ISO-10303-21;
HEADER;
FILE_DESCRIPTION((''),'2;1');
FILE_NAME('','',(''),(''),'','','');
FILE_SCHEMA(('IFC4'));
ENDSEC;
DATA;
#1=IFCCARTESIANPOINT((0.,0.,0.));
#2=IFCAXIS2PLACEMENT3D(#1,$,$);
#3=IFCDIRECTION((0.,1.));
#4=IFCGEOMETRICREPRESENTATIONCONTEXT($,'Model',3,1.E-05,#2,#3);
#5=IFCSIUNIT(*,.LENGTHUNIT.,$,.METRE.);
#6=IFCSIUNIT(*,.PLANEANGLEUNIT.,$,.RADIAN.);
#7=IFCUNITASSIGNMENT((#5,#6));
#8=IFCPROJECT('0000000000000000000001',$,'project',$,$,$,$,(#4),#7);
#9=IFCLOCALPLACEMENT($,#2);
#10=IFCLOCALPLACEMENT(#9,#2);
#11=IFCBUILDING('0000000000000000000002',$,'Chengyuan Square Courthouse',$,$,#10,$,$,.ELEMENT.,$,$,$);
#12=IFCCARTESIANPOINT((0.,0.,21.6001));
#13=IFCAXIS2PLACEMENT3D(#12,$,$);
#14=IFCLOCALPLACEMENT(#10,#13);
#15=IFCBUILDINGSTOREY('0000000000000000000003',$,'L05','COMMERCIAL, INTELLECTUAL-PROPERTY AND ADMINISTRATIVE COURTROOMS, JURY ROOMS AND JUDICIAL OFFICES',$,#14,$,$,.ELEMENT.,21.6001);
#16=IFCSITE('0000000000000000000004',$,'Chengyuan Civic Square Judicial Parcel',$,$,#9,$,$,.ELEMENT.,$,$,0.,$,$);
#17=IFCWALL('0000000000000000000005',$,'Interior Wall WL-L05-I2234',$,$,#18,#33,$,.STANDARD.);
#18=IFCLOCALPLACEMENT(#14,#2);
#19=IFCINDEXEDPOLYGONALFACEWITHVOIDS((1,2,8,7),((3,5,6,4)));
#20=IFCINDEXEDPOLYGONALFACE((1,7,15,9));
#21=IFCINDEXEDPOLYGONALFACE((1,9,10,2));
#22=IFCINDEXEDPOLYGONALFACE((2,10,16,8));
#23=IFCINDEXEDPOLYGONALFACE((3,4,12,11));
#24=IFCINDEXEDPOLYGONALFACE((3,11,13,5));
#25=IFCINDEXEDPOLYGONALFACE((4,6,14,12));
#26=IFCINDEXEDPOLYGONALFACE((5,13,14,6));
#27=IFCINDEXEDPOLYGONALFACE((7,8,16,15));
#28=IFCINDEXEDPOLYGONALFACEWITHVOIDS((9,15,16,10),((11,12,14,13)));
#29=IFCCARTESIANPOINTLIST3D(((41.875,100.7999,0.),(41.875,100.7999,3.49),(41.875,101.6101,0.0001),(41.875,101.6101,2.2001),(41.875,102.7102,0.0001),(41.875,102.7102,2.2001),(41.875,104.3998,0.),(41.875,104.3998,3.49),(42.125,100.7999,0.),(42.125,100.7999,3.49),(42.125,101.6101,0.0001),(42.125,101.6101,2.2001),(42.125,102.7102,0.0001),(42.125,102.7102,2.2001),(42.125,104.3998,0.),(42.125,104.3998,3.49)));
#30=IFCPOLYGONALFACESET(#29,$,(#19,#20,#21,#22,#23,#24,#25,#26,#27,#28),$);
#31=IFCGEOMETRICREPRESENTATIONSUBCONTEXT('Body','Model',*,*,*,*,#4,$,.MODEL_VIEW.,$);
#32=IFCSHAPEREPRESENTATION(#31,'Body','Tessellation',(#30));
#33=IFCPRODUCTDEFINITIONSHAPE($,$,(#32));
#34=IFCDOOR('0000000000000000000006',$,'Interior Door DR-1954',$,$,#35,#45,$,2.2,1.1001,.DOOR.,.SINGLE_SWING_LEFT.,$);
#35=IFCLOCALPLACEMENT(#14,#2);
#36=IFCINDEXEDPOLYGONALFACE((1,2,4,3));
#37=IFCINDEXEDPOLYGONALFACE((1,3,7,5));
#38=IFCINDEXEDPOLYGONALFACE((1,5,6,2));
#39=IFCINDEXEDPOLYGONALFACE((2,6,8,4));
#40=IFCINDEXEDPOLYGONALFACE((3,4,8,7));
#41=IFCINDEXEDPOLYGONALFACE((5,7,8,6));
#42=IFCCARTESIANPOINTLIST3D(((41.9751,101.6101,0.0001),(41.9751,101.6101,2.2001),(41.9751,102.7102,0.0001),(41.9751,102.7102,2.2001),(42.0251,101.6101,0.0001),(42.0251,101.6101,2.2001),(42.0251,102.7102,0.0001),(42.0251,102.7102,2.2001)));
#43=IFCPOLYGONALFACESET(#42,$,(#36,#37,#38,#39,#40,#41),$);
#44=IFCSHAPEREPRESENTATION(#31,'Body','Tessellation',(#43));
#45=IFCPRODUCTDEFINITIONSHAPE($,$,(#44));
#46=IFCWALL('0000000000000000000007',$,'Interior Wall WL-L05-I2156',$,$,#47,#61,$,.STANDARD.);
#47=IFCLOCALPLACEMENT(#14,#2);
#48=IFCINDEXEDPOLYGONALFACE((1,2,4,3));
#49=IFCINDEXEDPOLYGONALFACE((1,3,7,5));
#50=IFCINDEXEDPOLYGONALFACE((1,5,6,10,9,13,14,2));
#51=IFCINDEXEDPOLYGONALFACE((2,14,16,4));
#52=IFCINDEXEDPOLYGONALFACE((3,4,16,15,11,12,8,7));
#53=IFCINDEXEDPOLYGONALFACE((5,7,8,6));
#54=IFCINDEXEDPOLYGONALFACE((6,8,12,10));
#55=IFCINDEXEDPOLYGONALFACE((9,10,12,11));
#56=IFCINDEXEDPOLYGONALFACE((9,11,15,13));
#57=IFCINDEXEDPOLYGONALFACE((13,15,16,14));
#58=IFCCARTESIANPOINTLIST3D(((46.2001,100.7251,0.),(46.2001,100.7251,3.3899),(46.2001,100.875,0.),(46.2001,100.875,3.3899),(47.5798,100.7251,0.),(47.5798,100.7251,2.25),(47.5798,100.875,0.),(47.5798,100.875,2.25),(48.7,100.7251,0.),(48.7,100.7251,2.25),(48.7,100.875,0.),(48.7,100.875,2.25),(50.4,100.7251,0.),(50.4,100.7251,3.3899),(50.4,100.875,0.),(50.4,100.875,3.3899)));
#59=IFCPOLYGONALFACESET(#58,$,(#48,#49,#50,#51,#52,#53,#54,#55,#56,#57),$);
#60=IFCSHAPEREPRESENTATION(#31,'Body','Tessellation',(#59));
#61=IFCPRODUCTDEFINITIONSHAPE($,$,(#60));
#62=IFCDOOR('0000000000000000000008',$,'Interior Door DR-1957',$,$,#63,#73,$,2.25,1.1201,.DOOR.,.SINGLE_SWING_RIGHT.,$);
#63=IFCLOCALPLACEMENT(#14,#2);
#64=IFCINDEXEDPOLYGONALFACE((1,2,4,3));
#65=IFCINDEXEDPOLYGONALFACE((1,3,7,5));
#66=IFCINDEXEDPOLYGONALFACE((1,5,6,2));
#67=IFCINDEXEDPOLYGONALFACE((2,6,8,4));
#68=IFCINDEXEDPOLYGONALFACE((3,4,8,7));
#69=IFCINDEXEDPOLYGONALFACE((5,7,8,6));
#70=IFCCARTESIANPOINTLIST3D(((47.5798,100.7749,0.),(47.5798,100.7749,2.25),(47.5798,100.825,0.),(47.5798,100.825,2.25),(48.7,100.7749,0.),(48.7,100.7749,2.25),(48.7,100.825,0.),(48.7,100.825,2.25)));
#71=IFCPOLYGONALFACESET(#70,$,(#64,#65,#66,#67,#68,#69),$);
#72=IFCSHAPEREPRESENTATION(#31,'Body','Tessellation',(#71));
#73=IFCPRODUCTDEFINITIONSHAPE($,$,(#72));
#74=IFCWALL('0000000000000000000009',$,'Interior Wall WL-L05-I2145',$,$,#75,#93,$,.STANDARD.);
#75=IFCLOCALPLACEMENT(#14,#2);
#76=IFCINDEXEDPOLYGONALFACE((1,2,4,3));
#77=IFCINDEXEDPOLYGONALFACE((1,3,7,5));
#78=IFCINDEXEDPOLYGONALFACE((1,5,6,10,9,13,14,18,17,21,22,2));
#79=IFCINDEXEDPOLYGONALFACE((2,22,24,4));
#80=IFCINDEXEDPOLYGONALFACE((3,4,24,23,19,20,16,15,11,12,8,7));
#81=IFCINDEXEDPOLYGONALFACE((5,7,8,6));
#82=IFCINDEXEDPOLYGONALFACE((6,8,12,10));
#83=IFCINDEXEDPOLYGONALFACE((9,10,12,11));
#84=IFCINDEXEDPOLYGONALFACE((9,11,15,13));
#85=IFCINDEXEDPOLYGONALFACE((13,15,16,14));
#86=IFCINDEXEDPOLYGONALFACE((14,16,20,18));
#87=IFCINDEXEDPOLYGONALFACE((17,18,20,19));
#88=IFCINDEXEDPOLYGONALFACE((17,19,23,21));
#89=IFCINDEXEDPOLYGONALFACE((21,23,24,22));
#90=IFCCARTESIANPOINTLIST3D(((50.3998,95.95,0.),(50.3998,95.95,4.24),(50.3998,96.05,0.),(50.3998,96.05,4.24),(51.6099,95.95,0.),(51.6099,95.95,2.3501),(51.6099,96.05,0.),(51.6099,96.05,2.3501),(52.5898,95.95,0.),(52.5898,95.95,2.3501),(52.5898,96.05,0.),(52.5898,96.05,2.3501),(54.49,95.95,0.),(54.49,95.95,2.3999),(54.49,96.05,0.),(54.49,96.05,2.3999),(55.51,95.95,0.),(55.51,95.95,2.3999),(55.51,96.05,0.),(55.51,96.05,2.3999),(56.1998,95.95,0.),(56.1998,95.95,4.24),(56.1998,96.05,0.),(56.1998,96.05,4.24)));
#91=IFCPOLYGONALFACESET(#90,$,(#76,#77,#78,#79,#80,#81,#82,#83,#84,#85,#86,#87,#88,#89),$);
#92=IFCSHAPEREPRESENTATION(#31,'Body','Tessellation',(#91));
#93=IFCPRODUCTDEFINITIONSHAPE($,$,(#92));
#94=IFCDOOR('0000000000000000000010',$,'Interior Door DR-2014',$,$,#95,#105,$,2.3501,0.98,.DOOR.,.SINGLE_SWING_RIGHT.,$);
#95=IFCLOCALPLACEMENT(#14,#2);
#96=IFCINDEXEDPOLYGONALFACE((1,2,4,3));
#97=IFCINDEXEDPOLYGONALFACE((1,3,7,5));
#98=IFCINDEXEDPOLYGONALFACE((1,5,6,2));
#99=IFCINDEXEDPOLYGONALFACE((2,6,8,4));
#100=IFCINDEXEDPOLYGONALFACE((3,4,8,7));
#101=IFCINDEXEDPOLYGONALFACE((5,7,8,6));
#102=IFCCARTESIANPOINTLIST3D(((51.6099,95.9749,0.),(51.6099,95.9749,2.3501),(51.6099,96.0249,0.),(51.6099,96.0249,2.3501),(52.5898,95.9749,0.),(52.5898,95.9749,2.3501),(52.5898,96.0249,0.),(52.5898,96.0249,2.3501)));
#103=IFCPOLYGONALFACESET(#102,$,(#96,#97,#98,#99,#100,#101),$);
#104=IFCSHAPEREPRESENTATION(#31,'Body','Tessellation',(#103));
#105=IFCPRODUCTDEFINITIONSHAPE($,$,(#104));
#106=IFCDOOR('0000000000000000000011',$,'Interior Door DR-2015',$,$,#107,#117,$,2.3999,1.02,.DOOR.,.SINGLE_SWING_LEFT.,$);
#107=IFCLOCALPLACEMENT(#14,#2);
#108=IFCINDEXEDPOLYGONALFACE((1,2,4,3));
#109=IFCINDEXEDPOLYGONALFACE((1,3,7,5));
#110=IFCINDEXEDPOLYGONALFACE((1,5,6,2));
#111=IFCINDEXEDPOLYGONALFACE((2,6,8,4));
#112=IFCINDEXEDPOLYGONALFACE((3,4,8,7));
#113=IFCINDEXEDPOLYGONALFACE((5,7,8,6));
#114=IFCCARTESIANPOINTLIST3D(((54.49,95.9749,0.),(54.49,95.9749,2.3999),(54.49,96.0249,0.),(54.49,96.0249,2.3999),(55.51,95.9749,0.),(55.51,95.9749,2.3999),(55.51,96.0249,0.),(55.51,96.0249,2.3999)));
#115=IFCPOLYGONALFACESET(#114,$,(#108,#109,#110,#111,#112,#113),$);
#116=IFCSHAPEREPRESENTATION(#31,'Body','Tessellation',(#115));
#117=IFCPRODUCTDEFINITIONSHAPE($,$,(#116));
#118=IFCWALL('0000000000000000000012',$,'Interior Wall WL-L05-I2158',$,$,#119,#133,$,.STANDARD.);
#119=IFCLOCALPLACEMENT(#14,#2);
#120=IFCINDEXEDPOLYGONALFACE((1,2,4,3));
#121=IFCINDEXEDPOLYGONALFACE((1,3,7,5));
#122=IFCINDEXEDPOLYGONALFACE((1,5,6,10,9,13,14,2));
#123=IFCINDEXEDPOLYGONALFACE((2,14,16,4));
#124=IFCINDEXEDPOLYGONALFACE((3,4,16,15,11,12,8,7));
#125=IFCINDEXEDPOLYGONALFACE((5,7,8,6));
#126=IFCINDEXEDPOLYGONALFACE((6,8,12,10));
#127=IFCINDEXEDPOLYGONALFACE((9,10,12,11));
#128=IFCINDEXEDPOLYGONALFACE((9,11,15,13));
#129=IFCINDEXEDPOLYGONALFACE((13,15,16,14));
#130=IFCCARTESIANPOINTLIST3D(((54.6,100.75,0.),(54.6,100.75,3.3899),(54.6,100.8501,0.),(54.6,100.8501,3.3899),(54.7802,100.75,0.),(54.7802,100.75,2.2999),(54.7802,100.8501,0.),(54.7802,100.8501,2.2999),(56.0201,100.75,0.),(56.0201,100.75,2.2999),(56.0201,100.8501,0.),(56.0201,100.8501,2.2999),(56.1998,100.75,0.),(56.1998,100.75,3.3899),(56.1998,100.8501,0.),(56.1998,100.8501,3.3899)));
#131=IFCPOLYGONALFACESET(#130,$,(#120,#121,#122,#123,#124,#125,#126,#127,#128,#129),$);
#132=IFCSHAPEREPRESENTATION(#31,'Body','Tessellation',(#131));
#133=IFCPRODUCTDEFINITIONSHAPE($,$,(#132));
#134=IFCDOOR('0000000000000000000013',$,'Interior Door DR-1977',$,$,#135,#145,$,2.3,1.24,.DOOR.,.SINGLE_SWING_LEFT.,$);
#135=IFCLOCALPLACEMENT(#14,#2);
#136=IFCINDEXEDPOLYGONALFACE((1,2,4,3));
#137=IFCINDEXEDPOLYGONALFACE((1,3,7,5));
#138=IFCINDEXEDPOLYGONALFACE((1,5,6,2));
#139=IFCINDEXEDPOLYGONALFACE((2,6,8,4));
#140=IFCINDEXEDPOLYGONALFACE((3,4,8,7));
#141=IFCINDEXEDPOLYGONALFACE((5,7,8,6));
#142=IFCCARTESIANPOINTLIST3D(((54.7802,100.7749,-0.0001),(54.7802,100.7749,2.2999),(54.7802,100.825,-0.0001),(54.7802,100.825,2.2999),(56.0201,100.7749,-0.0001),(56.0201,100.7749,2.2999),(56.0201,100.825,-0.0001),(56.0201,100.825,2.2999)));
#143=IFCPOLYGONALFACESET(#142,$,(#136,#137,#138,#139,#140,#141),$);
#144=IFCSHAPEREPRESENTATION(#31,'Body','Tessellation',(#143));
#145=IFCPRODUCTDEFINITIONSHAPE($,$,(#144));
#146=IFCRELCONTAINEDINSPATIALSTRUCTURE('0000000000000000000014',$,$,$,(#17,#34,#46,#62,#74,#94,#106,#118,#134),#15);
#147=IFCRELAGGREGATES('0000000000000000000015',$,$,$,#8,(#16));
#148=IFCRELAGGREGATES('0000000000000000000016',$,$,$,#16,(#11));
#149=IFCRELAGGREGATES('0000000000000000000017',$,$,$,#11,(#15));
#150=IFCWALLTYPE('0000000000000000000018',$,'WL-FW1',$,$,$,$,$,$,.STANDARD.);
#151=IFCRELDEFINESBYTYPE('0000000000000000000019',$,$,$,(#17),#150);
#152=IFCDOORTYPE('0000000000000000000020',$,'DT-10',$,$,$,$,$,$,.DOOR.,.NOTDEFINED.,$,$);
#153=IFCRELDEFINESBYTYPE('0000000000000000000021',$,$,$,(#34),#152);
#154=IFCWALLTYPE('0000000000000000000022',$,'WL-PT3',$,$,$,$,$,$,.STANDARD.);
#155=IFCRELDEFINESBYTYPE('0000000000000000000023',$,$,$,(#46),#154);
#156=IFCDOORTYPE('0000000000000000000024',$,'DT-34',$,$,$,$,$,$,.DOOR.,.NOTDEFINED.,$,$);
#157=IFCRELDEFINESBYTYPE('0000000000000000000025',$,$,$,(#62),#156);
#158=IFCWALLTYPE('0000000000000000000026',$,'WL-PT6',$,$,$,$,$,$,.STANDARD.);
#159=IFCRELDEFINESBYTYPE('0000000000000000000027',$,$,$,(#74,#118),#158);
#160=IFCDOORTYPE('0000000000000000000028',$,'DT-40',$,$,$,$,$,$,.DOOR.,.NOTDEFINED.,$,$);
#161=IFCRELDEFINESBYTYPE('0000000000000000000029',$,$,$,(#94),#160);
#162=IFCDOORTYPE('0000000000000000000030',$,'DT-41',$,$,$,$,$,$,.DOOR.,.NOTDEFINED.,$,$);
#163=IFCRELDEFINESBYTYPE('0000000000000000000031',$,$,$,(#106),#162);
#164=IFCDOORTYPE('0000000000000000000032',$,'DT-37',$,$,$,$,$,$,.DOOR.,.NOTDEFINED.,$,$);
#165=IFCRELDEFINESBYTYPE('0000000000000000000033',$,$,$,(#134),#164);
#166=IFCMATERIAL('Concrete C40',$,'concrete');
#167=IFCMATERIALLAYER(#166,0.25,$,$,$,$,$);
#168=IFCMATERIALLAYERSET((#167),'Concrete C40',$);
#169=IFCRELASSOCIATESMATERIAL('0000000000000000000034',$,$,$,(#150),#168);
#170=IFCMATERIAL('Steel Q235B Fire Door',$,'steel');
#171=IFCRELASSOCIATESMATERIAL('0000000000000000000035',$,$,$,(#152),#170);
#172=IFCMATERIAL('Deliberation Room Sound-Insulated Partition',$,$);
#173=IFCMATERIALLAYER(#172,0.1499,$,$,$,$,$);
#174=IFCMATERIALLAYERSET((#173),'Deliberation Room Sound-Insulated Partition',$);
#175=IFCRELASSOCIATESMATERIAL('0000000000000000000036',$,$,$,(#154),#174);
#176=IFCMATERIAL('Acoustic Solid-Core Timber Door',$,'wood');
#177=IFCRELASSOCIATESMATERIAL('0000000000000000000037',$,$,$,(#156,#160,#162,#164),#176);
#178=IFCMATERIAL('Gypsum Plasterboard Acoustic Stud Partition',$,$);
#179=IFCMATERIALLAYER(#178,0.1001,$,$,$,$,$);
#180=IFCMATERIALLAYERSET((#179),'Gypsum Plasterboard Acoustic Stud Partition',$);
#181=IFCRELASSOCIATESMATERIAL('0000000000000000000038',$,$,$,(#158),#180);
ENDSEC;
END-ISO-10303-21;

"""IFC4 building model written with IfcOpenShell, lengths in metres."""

from ifc_helpers import new_model, si_unit, direction, frame, frame_2d, origin, place, context, subcontext, project, spatial, rectangle, extrude, material, layer, layer_set, type_object, element, fill, save


model = new_model("IFC4")

# Units and contexts
model_context = context("Model", 3, precision=1e-05, world=origin(), true_north=direction((0.0, 1.0)))
body_context = subcontext(model_context, "Body", "Model", "MODEL_VIEW")
ifc_project = project(units=[si_unit("LENGTHUNIT", "METRE"), si_unit("PLANEANGLEUNIT", "RADIAN")], contexts=[model_context])

# Site, building, storey
site_placement = place(None, origin())
site = spatial("IfcSite", under=ifc_project, at=site_placement, Name="Chengyuan Civic Square Judicial Parcel", CompositionType="ELEMENT", RefElevation=0.0)
building_placement = place(site_placement, origin())
building = spatial("IfcBuilding", under=site, at=building_placement, Name="Chengyuan Square Courthouse", CompositionType="ELEMENT")
storey_placement = place(building_placement, frame((0.0, 0.0, 21.6001)))
storey = spatial("IfcBuildingStorey", under=building, at=storey_placement, Name="L05", Description="COMMERCIAL, INTELLECTUAL-PROPERTY AND ADMINISTRATIVE COURTROOMS, JURY ROOMS AND JUDICIAL OFFICES", CompositionType="ELEMENT", Elevation=21.6001)

# Shared definitions
ifc_material_1 = material(Name="Concrete C40", Category="concrete")

# Shared definitions
ifc_layer_1 = layer(ifc_material_1, 0.25)
ifc_layer_set_1 = layer_set([ifc_layer_1], Name="Concrete C40")
wall_type_1 = type_object("IfcWallType", Name="WL-FW1", PredefinedType="STANDARD", material=ifc_layer_set_1)

# Walls, openings, doors
ifc_material_2 = material(Name="Steel Q235B Fire Door", Category="steel")
door_type_1 = type_object("IfcDoorType", Name="DT-10", OperationType="NOTDEFINED", PredefinedType="DOOR", material=ifc_material_2)
wall_1_placement = place(storey_placement, frame((42.0, 100.8, 0.0), z_axis=(0.0, 0.0, 1.0), x_axis=(0.0, 1.0, 0.0)))
wall_1 = element("IfcWall", 1, at=wall_1_placement, inside=storey, type_object=wall_type_1, Name="Interior Wall WL-L05-I2234", PredefinedType="STANDARD", context=body_context, shape_type="SweptSolid", body=[
    extrude(rectangle(XDim=3.5999, YDim=0.25, at=frame_2d((1.7998, 0.0))), origin(), (0.0, 0.0, 1.0), 3.49),
])
opening_1_placement = place(wall_1_placement, frame((0.8101, 0.0, 0.0)))
opening_1 = element("IfcOpeningElement", 2, at=opening_1_placement, cuts=wall_1, PredefinedType="OPENING", context=body_context, shape_type="SweptSolid", body=[
    extrude(rectangle(XDim=1.1001, YDim=2.2, at=frame_2d((0.55, 1.1001))), frame((0.0, 0.137, 0.0), z_axis=(0.0, -1.0, 0.0), x_axis=(1.0, 0.0, 0.0)), (0.0, 0.0, 1.0), 0.2739),
])
door_1_placement = place(opening_1_placement, origin())
door_1 = element("IfcDoor", 3, at=door_1_placement, inside=storey, type_object=door_type_1, Name="Interior Door DR-1954", OperationType="SINGLE_SWING_LEFT", OverallHeight=2.2, OverallWidth=1.1001, PredefinedType="DOOR", context=body_context, shape_type="SweptSolid", body=[
    extrude(rectangle(XDim=1.1001, YDim=2.2, at=frame_2d((0.55, 1.1001))), frame((0.0, 0.0249, 0.0), z_axis=(0.0, -1.0, 0.0), x_axis=(1.0, 0.0, 0.0)), (0.0, 0.0, 1.0), 0.05),
])
fill(opening_1, door_1)
ifc_material_3 = material(Name="Deliberation Room Sound-Insulated Partition")
ifc_layer_2 = layer(ifc_material_3, 0.1499)
ifc_layer_set_2 = layer_set([ifc_layer_2], Name="Deliberation Room Sound-Insulated Partition")
wall_type_2 = type_object("IfcWallType", Name="WL-PT3", PredefinedType="STANDARD", material=ifc_layer_set_2)
wall_2_placement = place(storey_placement, frame((46.2, 100.8, 0.0), z_axis=(0.0, 0.0, 1.0), x_axis=(1.0, 0.0, 0.0)))
wall_2 = element("IfcWall", 4, at=wall_2_placement, inside=storey, type_object=wall_type_2, Name="Interior Wall WL-L05-I2156", PredefinedType="STANDARD", context=body_context, shape_type="SweptSolid", body=[
    extrude(rectangle(XDim=4.2, YDim=0.1499, at=frame_2d((2.1001, 0.0))), origin(), (0.0, 0.0, 1.0), 3.3899),
])
opening_2_placement = place(wall_2_placement, frame((1.3799, 0.0, 0.0)))
opening_2 = element("IfcOpeningElement", 5, at=opening_2_placement, cuts=wall_2, PredefinedType="OPENING", context=body_context, shape_type="SweptSolid", body=[
    extrude(rectangle(XDim=1.1201, YDim=2.25, at=frame_2d((0.5601, 1.125))), frame((0.0, 0.0869, 0.0), z_axis=(0.0, -1.0, 0.0), x_axis=(1.0, 0.0, 0.0)), (0.0, 0.0, 1.0), 0.1738),
])
ifc_material_4 = material(Name="Acoustic Solid-Core Timber Door", Category="wood")
door_type_2 = type_object("IfcDoorType", Name="DT-34", OperationType="NOTDEFINED", PredefinedType="DOOR", material=ifc_material_4)
door_2_placement = place(opening_2_placement, origin())
door_2 = element("IfcDoor", 6, at=door_2_placement, inside=storey, type_object=door_type_2, Name="Interior Door DR-1957", OperationType="SINGLE_SWING_RIGHT", OverallHeight=2.25, OverallWidth=1.1201, PredefinedType="DOOR", context=body_context, shape_type="SweptSolid", body=[
    extrude(rectangle(XDim=1.1201, YDim=2.25, at=frame_2d((0.5601, 1.125))), frame((0.0, 0.0249, 0.0), z_axis=(0.0, -1.0, 0.0), x_axis=(1.0, 0.0, 0.0)), (0.0, 0.0, 1.0), 0.05),
])
fill(opening_2, door_2)

# Wall, openings, doors
ifc_material_5 = material(Name="Gypsum Plasterboard Acoustic Stud Partition")
ifc_layer_3 = layer(ifc_material_5, 0.1001)
ifc_layer_set_3 = layer_set([ifc_layer_3], Name="Gypsum Plasterboard Acoustic Stud Partition")
wall_type_3 = type_object("IfcWallType", Name="WL-PT6", PredefinedType="STANDARD", material=ifc_layer_set_3)
wall_3_placement = place(storey_placement, frame((50.3999, 96.0, 0.0), z_axis=(0.0, 0.0, 1.0), x_axis=(1.0, 0.0, 0.0)))
wall_3 = element("IfcWall", 7, at=wall_3_placement, inside=storey, type_object=wall_type_3, Name="Interior Wall WL-L05-I2145", PredefinedType="STANDARD", context=body_context, shape_type="SweptSolid", body=[
    extrude(rectangle(XDim=5.8, YDim=0.1001, at=frame_2d((2.8999, 0.0))), origin(), (0.0, 0.0, 1.0), 4.24),
])
opening_3_placement = place(wall_3_placement, frame((1.21, 0.0, 0.0)))
opening_3 = element("IfcOpeningElement", 8, at=opening_3_placement, cuts=wall_3, PredefinedType="OPENING", context=body_context, shape_type="SweptSolid", body=[
    extrude(rectangle(XDim=0.98, YDim=2.3501, at=frame_2d((0.49, 1.175))), frame((0.0, 0.062, 0.0), z_axis=(0.0, -1.0, 0.0), x_axis=(1.0, 0.0, 0.0)), (0.0, 0.0, 1.0), 0.124),
])
opening_4_placement = place(wall_3_placement, frame((4.0901, 0.0, 0.0)))
opening_4 = element("IfcOpeningElement", 9, at=opening_4_placement, cuts=wall_3, PredefinedType="OPENING", context=body_context, shape_type="SweptSolid", body=[
    extrude(rectangle(XDim=1.02, YDim=2.3999, at=frame_2d((0.51, 1.2))), frame((0.0, 0.062, 0.0), z_axis=(0.0, -1.0, 0.0), x_axis=(1.0, 0.0, 0.0)), (0.0, 0.0, 1.0), 0.124),
])
door_type_3 = type_object("IfcDoorType", Name="DT-40", OperationType="NOTDEFINED", PredefinedType="DOOR", material=ifc_material_4)
door_3_placement = place(opening_3_placement, origin())
door_3 = element("IfcDoor", 10, at=door_3_placement, inside=storey, type_object=door_type_3, Name="Interior Door DR-2014", OperationType="SINGLE_SWING_RIGHT", OverallHeight=2.3501, OverallWidth=0.98, PredefinedType="DOOR", context=body_context, shape_type="SweptSolid", body=[
    extrude(rectangle(XDim=0.98, YDim=2.3501, at=frame_2d((0.49, 1.175))), frame((0.0, 0.0249, 0.0), z_axis=(0.0, -1.0, 0.0), x_axis=(1.0, 0.0, 0.0)), (0.0, 0.0, 1.0), 0.05),
])
fill(opening_3, door_3)
door_type_4 = type_object("IfcDoorType", Name="DT-41", OperationType="NOTDEFINED", PredefinedType="DOOR", material=ifc_material_4)
door_4_placement = place(opening_4_placement, origin())
door_4 = element("IfcDoor", 11, at=door_4_placement, inside=storey, type_object=door_type_4, Name="Interior Door DR-2015", OperationType="SINGLE_SWING_LEFT", OverallHeight=2.3999, OverallWidth=1.02, PredefinedType="DOOR", context=body_context, shape_type="SweptSolid", body=[
    extrude(rectangle(XDim=1.02, YDim=2.3999, at=frame_2d((0.51, 1.2))), frame((0.0, 0.0249, 0.0), z_axis=(0.0, -1.0, 0.0), x_axis=(1.0, 0.0, 0.0)), (0.0, 0.0, 1.0), 0.05),
])
fill(opening_4, door_4)

# Wall, opening, door
wall_4_placement = place(storey_placement, frame((54.6001, 100.8, 0.0), z_axis=(0.0, 0.0, 1.0), x_axis=(1.0, 0.0, 0.0)))
wall_4 = element("IfcWall", 12, at=wall_4_placement, inside=storey, type_object=wall_type_3, Name="Interior Wall WL-L05-I2158", PredefinedType="STANDARD", context=body_context, shape_type="SweptSolid", body=[
    extrude(rectangle(XDim=1.5999, YDim=0.1001, at=frame_2d((0.7998, 0.0))), origin(), (0.0, 0.0, 1.0), 3.3899),
])
opening_5_placement = place(wall_4_placement, frame((0.1799, 0.0, 0.0)))
opening_5 = element("IfcOpeningElement", 13, at=opening_5_placement, cuts=wall_4, PredefinedType="OPENING", context=body_context, shape_type="SweptSolid", body=[
    extrude(rectangle(XDim=1.24, YDim=2.3, at=frame_2d((0.6201, 1.1499))), frame((0.0, 0.062, 0.0), z_axis=(0.0, -1.0, 0.0), x_axis=(1.0, 0.0, 0.0)), (0.0, 0.0, 1.0), 0.124),
])
door_type_5 = type_object("IfcDoorType", Name="DT-37", OperationType="NOTDEFINED", PredefinedType="DOOR", material=ifc_material_4)
door_5_placement = place(opening_5_placement, origin())
door_5 = element("IfcDoor", 14, at=door_5_placement, inside=storey, type_object=door_type_5, Name="Interior Door DR-1977", OperationType="SINGLE_SWING_LEFT", OverallHeight=2.3, OverallWidth=1.24, PredefinedType="DOOR", context=body_context, shape_type="SweptSolid", body=[
    extrude(rectangle(XDim=1.24, YDim=2.3, at=frame_2d((0.6201, 1.1499))), frame((0.0, 0.0249, 0.0), z_axis=(0.0, -1.0, 0.0), x_axis=(1.0, 0.0, 0.0)), (0.0, 0.0, 1.0), 0.05),
])
fill(opening_5, door_5)

save(model, "model.ifc")
